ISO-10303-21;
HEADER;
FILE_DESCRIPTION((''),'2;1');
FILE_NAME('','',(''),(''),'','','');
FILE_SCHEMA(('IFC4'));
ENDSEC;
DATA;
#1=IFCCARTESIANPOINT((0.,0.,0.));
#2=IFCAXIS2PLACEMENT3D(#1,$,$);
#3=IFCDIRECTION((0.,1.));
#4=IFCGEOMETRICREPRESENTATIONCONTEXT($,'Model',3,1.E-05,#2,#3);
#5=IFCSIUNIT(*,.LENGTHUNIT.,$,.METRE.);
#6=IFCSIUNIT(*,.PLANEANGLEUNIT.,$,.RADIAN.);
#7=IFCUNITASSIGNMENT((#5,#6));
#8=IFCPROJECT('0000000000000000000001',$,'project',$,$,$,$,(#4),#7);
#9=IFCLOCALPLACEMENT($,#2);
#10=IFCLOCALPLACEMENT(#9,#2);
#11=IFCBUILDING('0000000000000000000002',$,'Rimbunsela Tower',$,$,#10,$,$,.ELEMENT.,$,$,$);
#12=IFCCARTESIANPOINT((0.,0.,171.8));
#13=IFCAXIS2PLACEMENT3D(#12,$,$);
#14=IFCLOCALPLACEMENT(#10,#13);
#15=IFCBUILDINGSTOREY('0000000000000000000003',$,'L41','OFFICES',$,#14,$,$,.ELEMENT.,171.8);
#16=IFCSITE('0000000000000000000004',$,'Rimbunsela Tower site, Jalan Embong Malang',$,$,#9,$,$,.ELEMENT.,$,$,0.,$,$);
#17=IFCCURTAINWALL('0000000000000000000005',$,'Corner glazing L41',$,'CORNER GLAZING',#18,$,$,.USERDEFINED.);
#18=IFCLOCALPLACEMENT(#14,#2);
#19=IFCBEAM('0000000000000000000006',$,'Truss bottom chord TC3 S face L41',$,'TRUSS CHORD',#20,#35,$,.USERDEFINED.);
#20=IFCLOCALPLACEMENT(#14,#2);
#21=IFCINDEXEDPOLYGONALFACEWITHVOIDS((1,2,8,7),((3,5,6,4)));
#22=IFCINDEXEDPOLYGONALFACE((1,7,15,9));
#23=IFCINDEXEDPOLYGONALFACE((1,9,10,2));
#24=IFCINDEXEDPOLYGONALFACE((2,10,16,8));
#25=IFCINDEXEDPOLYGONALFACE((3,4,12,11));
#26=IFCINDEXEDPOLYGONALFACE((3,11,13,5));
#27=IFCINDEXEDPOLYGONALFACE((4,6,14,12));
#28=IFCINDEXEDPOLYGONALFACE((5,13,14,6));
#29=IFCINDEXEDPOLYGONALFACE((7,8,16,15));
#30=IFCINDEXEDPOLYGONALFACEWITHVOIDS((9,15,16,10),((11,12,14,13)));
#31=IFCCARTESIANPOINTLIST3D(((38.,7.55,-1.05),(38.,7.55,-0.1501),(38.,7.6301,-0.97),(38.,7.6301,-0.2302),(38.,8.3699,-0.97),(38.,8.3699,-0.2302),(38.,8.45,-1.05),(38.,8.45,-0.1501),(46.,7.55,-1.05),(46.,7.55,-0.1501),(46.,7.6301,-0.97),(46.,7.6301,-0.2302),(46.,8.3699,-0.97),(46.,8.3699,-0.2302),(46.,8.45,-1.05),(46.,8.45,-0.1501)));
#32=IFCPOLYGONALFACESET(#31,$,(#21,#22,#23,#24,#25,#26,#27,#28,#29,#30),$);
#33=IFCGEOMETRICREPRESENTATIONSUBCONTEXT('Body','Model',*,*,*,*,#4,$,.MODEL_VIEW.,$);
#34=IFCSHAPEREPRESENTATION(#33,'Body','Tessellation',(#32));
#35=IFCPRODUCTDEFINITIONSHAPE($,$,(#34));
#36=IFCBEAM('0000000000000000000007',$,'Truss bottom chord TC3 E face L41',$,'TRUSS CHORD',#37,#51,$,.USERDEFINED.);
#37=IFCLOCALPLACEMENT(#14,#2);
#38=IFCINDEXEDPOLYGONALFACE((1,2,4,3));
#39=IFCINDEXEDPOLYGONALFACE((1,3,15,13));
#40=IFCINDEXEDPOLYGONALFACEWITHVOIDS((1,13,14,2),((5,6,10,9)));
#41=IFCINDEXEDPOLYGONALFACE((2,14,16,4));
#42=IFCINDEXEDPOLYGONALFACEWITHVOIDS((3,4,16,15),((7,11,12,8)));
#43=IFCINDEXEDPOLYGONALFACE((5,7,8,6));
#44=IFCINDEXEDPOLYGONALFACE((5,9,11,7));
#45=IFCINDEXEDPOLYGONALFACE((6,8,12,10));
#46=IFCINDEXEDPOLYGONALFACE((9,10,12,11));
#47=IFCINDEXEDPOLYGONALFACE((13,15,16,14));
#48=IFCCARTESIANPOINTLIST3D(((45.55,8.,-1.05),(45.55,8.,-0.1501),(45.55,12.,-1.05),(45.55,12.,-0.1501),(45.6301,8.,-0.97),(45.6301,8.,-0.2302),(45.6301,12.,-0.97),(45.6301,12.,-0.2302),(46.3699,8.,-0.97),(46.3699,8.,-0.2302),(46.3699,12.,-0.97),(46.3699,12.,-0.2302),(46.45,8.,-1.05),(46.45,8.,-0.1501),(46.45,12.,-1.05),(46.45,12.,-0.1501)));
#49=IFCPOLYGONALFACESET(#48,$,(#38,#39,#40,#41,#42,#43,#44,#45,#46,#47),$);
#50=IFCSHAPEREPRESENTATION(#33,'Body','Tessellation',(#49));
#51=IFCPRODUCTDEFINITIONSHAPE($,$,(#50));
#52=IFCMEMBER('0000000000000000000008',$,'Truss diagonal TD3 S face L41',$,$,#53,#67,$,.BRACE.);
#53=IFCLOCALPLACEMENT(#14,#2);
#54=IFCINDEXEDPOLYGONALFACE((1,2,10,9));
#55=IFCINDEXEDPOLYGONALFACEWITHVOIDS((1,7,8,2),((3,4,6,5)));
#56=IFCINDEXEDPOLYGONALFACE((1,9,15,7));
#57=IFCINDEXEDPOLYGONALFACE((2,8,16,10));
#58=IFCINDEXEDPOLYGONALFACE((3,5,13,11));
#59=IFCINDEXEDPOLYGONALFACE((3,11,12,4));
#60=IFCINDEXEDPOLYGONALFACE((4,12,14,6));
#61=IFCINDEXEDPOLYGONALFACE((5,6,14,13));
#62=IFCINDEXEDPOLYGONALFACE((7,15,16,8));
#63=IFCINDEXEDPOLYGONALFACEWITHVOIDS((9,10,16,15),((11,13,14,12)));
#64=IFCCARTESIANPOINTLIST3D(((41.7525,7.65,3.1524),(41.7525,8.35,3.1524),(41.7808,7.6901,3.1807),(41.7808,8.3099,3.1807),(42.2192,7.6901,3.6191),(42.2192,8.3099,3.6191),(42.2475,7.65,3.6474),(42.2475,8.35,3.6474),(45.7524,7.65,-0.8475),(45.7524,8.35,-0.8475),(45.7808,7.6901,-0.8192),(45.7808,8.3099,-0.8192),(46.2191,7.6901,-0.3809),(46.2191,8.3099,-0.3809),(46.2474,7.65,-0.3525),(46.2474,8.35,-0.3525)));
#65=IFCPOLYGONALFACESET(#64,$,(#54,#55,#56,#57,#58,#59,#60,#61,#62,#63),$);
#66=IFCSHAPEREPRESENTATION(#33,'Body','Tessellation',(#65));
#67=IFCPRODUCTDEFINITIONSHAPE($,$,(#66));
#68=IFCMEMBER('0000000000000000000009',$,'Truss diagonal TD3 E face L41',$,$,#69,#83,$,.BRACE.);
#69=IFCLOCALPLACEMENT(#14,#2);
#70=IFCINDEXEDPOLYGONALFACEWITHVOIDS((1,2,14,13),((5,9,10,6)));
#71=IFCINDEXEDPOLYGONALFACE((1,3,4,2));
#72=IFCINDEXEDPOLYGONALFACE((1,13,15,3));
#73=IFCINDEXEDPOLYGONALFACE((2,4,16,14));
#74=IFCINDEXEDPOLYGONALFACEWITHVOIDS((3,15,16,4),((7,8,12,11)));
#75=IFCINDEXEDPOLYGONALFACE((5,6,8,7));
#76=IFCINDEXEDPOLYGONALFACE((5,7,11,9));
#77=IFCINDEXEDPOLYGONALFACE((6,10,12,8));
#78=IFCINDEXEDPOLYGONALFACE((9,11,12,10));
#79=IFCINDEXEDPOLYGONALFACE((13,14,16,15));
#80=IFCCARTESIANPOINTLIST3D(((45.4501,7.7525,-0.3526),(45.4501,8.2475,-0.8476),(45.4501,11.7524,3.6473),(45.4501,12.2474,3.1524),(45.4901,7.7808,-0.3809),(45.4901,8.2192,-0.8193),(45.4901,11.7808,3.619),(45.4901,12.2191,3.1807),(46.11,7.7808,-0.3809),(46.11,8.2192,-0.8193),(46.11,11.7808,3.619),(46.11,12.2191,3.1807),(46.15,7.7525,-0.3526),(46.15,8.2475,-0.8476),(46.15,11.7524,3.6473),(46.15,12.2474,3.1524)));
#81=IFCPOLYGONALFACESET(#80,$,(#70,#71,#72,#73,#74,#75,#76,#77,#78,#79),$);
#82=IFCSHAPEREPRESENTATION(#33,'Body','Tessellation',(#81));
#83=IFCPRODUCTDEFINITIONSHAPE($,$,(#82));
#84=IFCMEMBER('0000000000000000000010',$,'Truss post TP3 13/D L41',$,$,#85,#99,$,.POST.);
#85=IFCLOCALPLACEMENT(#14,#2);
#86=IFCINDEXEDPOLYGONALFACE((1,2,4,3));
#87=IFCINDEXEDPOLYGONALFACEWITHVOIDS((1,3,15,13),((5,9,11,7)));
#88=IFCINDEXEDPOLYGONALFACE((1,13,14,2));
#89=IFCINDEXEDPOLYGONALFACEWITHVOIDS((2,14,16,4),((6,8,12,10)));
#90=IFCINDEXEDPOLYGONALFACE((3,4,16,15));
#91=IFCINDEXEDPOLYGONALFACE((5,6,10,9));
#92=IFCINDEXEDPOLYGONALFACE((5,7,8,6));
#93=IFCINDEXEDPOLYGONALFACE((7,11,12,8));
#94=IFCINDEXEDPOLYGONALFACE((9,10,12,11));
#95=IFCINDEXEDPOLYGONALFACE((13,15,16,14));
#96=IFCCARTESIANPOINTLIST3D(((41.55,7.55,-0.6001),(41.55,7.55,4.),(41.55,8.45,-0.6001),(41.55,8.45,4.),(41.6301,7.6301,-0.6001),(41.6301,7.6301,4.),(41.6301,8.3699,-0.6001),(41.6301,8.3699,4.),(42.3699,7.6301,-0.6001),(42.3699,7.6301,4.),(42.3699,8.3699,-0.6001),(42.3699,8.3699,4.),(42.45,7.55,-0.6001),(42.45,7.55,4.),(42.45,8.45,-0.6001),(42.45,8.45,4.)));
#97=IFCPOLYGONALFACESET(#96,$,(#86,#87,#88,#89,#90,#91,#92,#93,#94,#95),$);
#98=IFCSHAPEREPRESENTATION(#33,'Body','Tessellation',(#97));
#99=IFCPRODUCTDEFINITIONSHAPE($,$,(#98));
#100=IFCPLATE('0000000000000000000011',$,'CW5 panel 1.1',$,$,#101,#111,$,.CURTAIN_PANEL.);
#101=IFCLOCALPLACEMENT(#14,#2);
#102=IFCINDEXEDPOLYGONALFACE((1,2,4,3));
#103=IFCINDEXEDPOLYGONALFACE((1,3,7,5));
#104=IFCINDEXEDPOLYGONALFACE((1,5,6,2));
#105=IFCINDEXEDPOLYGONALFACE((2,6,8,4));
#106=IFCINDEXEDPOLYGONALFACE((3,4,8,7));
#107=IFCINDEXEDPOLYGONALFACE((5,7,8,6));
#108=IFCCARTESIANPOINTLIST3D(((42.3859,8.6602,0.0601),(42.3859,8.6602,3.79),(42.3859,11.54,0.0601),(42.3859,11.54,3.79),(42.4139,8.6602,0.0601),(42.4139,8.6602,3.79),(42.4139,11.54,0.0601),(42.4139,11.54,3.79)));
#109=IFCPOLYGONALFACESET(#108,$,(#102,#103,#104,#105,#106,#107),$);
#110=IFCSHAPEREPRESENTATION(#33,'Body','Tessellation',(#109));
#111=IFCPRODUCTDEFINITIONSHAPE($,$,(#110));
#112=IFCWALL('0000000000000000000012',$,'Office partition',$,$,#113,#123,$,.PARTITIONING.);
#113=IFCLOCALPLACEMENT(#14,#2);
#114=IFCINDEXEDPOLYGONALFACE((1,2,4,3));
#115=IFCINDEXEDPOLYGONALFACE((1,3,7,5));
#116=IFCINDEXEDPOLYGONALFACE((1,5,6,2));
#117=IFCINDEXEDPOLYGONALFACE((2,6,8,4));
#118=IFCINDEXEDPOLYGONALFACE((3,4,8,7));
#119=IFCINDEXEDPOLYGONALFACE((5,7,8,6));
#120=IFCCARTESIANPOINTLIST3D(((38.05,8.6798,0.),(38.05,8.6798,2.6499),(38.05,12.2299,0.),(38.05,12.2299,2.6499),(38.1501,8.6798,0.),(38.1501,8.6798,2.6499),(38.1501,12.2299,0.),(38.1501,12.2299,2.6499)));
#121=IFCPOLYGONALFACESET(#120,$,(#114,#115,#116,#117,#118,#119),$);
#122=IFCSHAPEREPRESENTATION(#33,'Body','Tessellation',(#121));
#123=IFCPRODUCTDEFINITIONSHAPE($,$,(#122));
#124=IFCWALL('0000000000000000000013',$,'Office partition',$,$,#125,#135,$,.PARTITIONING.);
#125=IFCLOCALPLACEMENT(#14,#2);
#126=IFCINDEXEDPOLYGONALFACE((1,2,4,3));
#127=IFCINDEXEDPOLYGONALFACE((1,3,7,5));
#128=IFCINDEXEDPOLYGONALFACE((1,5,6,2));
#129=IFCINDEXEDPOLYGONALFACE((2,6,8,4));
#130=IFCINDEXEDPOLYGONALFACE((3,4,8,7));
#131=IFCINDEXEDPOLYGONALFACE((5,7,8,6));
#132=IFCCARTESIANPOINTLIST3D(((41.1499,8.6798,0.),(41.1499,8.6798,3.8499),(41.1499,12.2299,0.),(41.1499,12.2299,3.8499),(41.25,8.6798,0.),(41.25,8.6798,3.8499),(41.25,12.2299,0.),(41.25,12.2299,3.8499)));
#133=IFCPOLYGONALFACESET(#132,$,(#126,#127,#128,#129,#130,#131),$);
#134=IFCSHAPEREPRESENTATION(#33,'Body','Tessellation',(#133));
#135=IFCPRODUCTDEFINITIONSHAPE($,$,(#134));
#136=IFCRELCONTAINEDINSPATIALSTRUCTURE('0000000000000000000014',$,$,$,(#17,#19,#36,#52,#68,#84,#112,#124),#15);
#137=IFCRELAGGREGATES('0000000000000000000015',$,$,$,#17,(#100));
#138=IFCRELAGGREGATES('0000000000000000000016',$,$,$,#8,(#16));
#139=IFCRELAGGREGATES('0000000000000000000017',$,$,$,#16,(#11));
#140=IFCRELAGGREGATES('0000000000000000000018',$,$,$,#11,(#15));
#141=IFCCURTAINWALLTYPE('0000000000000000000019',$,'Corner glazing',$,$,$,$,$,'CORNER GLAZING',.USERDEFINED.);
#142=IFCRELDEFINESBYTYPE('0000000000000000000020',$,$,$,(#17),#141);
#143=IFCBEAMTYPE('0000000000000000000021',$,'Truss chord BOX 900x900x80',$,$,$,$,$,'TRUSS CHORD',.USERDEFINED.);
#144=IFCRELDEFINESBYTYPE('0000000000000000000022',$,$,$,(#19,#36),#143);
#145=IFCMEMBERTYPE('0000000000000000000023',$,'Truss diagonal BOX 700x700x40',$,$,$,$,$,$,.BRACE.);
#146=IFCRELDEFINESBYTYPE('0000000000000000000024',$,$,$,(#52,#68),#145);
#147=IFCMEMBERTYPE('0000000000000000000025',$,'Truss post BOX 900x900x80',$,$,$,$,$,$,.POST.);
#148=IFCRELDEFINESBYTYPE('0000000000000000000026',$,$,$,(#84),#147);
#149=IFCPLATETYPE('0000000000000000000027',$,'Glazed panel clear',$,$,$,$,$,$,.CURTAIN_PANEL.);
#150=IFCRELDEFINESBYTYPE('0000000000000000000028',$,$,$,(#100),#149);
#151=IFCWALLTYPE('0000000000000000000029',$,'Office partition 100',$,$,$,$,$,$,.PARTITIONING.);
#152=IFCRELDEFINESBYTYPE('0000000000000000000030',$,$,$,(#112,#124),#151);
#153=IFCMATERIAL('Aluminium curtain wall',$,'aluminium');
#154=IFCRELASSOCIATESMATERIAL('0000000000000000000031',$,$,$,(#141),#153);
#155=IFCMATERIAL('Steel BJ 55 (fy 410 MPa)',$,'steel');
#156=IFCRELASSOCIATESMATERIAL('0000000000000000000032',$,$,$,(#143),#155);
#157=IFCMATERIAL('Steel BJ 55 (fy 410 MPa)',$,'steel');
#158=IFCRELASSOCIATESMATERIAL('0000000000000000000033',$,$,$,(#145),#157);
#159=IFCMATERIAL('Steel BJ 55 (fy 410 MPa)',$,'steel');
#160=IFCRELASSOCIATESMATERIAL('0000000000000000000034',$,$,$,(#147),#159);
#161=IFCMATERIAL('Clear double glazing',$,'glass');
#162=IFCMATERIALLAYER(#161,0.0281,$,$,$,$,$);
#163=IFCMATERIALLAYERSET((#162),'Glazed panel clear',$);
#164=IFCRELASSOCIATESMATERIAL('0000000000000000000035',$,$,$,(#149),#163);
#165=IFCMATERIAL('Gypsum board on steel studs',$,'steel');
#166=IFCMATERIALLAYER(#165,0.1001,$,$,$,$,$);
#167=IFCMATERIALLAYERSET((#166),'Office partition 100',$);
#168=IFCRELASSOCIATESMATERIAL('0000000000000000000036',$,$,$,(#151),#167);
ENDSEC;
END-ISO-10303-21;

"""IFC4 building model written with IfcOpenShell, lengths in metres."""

from ifc_helpers import new_model, si_unit, direction, frame, frame_2d, origin, origin_2d, place, context, subcontext, project, spatial, rectangle, hollow_rectangle, extrude, material, layer, layer_set, material_profile, profile_set, type_object, element, aggregate, save


model = new_model("IFC4")

# Units and contexts
model_context = context("Model", 3, precision=1e-05, world=origin(), true_north=direction((0.0, 1.0)))
body_context = subcontext(model_context, "Body", "Model", "MODEL_VIEW")
ifc_project = project(units=[si_unit("LENGTHUNIT", "METRE"), si_unit("PLANEANGLEUNIT", "RADIAN")], contexts=[model_context])

# Site, building, storey
site_placement = place(None, origin())
site = spatial("IfcSite", under=ifc_project, at=site_placement, Name="Rimbunsela Tower site, Jalan Embong Malang", CompositionType="ELEMENT", RefElevation=0.0)
building_placement = place(site_placement, origin())
building = spatial("IfcBuilding", under=site, at=building_placement, Name="Rimbunsela Tower", CompositionType="ELEMENT")
storey_placement = place(building_placement, frame((0.0, 0.0, 171.8)))
storey = spatial("IfcBuildingStorey", under=building, at=storey_placement, Name="L41", Description="OFFICES", CompositionType="ELEMENT", Elevation=171.8)

# Curtain wall
ifc_material_1 = material(Name="Aluminium curtain wall", Category="aluminium")
curtain_wall_type = type_object("IfcCurtainWallType", Name="Corner glazing", ElementType="CORNER GLAZING", PredefinedType="USERDEFINED", material=ifc_material_1)
curtain_wall_placement = place(storey_placement, origin())
curtain_wall = element("IfcCurtainWall", 1, at=curtain_wall_placement, inside=storey, type_object=curtain_wall_type, Name="Corner glazing L41", ObjectType="CORNER GLAZING", PredefinedType="USERDEFINED")

# Beams
ifc_material_2 = material(Name="Steel BJ 55 (fy 410 MPa)", Category="steel")
ifc_material_profile_1 = material_profile(ifc_material_2, hollow_rectangle(XDim=0.8999, YDim=0.8999, WallThickness=0.0801, at=origin_2d()), Name="BOX 900x900x80")
ifc_profile_set_1 = profile_set([ifc_material_profile_1], Name="Steel BJ 55 (fy 410 MPa)")
beam_type_1 = type_object("IfcBeamType", Name="Truss chord BOX 900x900x80", ElementType="TRUSS CHORD", PredefinedType="USERDEFINED", material=ifc_profile_set_1)
beam_1_placement = place(storey_placement, frame((38.0, 8.0, -0.6001), z_axis=(1.0, 0.0, 0.0), x_axis=(0.0, 1.0, 0.0)))
element("IfcBeam", 2, at=beam_1_placement, inside=storey, type_object=beam_type_1, Name="Truss bottom chord TC3 S face L41", ObjectType="TRUSS CHORD", PredefinedType="USERDEFINED", context=body_context, shape_type="SweptSolid", body=[
    extrude(hollow_rectangle(XDim=0.8999, YDim=0.8999, WallThickness=0.0801, at=origin_2d()), origin(), (0.0, 0.0, 1.0), 8.0),
])
beam_2_placement = place(storey_placement, frame((46.0, 8.0, -0.6001), z_axis=(0.0, 1.0, 0.0), x_axis=(-1.0, 0.0, 0.0)))
element("IfcBeam", 3, at=beam_2_placement, inside=storey, type_object=beam_type_1, Name="Truss bottom chord TC3 E face L41", ObjectType="TRUSS CHORD", PredefinedType="USERDEFINED", context=body_context, shape_type="SweptSolid", body=[
    extrude(hollow_rectangle(XDim=0.8999, YDim=0.8999, WallThickness=0.0801, at=origin_2d()), origin(), (0.0, 0.0, 1.0), 4.0),
])

# Members
ifc_material_3 = material(Name="Steel BJ 55 (fy 410 MPa)", Category="steel")
ifc_material_profile_2 = material_profile(ifc_material_3, hollow_rectangle(XDim=0.7, YDim=0.7, WallThickness=0.04, at=origin_2d()), Name="BOX 700x700x40")
ifc_profile_set_2 = profile_set([ifc_material_profile_2], Name="Steel BJ 55 (fy 410 MPa)")
member_type_1 = type_object("IfcMemberType", Name="Truss diagonal BOX 700x700x40", PredefinedType="BRACE", material=ifc_profile_set_2)
for number, where, z_axis, x_axis, name in (
    (4, (42.0, 8.0, 3.3999), (0.707107, 0.0, -0.707107), (0.0, 1.0, 0.0), "Truss diagonal TD3 S face L41"),
    (5, (45.8, 8.0, -0.6001), (0.0, 0.707107, 0.707107), (-1.0, 0.0, 0.0), "Truss diagonal TD3 E face L41"),
):
    element("IfcMember", number, at=place(storey_placement, frame(where, z_axis=z_axis, x_axis=x_axis)), inside=storey, type_object=member_type_1, Name=name, PredefinedType="BRACE", context=body_context, shape_type="SweptSolid", body=[
        extrude(hollow_rectangle(XDim=0.7, YDim=0.7, WallThickness=0.04, at=origin_2d()), origin(), (0.0, 0.0, 1.0), 5.6567),
    ])
ifc_material_4 = material(Name="Steel BJ 55 (fy 410 MPa)", Category="steel")
ifc_material_profile_3 = material_profile(ifc_material_4, hollow_rectangle(XDim=0.8999, YDim=0.8999, WallThickness=0.0801, at=origin_2d()), Name="BOX 900x900x80")
ifc_profile_set_3 = profile_set([ifc_material_profile_3], Name="Steel BJ 55 (fy 410 MPa)")
member_type_2 = type_object("IfcMemberType", Name="Truss post BOX 900x900x80", PredefinedType="POST", material=ifc_profile_set_3)
member_1_placement = place(storey_placement, frame((42.0, 8.0, -0.6001), z_axis=(0.0, 0.0, 1.0), x_axis=(1.0, 0.0, 0.0)))
element("IfcMember", 6, at=member_1_placement, inside=storey, type_object=member_type_2, Name="Truss post TP3 13/D L41", PredefinedType="POST", context=body_context, shape_type="SweptSolid", body=[
    extrude(hollow_rectangle(XDim=0.8999, YDim=0.8999, WallThickness=0.0801, at=origin_2d()), origin(), (0.0, 0.0, 1.0), 4.6001),
])

# Plate
ifc_material_5 = material(Name="Clear double glazing", Category="glass")
ifc_layer_1 = layer(ifc_material_5, 0.0281)
ifc_layer_set_1 = layer_set([ifc_layer_1], Name="Glazed panel clear")
plate_type = type_object("IfcPlateType", Name="Glazed panel clear", PredefinedType="CURTAIN_PANEL", material=ifc_layer_set_1)
plate_placement = place(storey_placement, frame((42.3999, 10.1001, 0.0601), z_axis=(0.0, 0.0, 1.0), x_axis=(0.0, 1.0, 0.0)))
plate = element("IfcPlate", 7, at=plate_placement, type_object=plate_type, Name="CW5 panel 1.1", PredefinedType="CURTAIN_PANEL", context=body_context, shape_type="SweptSolid", body=[
    extrude(rectangle(XDim=2.8799, YDim=0.0281, at=origin_2d()), origin(), (0.0, 0.0, 1.0), 3.73),
])
aggregate(curtain_wall, [plate])

# Walls
ifc_material_6 = material(Name="Gypsum board on steel studs", Category="steel")
ifc_layer_2 = layer(ifc_material_6, 0.1001)
ifc_layer_set_2 = layer_set([ifc_layer_2], Name="Office partition 100")
wall_type = type_object("IfcWallType", Name="Office partition 100", PredefinedType="PARTITIONING", material=ifc_layer_set_2)
wall_1_placement = place(storey_placement, frame((38.1001, 8.6799, 0.0), z_axis=(0.0, 0.0, 1.0), x_axis=(0.0, 1.0, 0.0)))
element("IfcWall", 8, at=wall_1_placement, inside=storey, type_object=wall_type, Name="Office partition", PredefinedType="PARTITIONING", context=body_context, shape_type="SweptSolid", body=[
    extrude(rectangle(XDim=3.55, YDim=0.1001, at=frame_2d((1.7749, 0.0))), origin(), (0.0, 0.0, 1.0), 2.6499),
])
wall_2_placement = place(storey_placement, frame((41.2, 8.6799, 0.0), z_axis=(0.0, 0.0, 1.0), x_axis=(0.0, 1.0, 0.0)))
element("IfcWall", 9, at=wall_2_placement, inside=storey, type_object=wall_type, Name="Office partition", PredefinedType="PARTITIONING", context=body_context, shape_type="SweptSolid", body=[
    extrude(rectangle(XDim=3.55, YDim=0.1001, at=frame_2d((1.7749, 0.0))), origin(), (0.0, 0.0, 1.0), 3.8499),
])

save(model, "model.ifc")
